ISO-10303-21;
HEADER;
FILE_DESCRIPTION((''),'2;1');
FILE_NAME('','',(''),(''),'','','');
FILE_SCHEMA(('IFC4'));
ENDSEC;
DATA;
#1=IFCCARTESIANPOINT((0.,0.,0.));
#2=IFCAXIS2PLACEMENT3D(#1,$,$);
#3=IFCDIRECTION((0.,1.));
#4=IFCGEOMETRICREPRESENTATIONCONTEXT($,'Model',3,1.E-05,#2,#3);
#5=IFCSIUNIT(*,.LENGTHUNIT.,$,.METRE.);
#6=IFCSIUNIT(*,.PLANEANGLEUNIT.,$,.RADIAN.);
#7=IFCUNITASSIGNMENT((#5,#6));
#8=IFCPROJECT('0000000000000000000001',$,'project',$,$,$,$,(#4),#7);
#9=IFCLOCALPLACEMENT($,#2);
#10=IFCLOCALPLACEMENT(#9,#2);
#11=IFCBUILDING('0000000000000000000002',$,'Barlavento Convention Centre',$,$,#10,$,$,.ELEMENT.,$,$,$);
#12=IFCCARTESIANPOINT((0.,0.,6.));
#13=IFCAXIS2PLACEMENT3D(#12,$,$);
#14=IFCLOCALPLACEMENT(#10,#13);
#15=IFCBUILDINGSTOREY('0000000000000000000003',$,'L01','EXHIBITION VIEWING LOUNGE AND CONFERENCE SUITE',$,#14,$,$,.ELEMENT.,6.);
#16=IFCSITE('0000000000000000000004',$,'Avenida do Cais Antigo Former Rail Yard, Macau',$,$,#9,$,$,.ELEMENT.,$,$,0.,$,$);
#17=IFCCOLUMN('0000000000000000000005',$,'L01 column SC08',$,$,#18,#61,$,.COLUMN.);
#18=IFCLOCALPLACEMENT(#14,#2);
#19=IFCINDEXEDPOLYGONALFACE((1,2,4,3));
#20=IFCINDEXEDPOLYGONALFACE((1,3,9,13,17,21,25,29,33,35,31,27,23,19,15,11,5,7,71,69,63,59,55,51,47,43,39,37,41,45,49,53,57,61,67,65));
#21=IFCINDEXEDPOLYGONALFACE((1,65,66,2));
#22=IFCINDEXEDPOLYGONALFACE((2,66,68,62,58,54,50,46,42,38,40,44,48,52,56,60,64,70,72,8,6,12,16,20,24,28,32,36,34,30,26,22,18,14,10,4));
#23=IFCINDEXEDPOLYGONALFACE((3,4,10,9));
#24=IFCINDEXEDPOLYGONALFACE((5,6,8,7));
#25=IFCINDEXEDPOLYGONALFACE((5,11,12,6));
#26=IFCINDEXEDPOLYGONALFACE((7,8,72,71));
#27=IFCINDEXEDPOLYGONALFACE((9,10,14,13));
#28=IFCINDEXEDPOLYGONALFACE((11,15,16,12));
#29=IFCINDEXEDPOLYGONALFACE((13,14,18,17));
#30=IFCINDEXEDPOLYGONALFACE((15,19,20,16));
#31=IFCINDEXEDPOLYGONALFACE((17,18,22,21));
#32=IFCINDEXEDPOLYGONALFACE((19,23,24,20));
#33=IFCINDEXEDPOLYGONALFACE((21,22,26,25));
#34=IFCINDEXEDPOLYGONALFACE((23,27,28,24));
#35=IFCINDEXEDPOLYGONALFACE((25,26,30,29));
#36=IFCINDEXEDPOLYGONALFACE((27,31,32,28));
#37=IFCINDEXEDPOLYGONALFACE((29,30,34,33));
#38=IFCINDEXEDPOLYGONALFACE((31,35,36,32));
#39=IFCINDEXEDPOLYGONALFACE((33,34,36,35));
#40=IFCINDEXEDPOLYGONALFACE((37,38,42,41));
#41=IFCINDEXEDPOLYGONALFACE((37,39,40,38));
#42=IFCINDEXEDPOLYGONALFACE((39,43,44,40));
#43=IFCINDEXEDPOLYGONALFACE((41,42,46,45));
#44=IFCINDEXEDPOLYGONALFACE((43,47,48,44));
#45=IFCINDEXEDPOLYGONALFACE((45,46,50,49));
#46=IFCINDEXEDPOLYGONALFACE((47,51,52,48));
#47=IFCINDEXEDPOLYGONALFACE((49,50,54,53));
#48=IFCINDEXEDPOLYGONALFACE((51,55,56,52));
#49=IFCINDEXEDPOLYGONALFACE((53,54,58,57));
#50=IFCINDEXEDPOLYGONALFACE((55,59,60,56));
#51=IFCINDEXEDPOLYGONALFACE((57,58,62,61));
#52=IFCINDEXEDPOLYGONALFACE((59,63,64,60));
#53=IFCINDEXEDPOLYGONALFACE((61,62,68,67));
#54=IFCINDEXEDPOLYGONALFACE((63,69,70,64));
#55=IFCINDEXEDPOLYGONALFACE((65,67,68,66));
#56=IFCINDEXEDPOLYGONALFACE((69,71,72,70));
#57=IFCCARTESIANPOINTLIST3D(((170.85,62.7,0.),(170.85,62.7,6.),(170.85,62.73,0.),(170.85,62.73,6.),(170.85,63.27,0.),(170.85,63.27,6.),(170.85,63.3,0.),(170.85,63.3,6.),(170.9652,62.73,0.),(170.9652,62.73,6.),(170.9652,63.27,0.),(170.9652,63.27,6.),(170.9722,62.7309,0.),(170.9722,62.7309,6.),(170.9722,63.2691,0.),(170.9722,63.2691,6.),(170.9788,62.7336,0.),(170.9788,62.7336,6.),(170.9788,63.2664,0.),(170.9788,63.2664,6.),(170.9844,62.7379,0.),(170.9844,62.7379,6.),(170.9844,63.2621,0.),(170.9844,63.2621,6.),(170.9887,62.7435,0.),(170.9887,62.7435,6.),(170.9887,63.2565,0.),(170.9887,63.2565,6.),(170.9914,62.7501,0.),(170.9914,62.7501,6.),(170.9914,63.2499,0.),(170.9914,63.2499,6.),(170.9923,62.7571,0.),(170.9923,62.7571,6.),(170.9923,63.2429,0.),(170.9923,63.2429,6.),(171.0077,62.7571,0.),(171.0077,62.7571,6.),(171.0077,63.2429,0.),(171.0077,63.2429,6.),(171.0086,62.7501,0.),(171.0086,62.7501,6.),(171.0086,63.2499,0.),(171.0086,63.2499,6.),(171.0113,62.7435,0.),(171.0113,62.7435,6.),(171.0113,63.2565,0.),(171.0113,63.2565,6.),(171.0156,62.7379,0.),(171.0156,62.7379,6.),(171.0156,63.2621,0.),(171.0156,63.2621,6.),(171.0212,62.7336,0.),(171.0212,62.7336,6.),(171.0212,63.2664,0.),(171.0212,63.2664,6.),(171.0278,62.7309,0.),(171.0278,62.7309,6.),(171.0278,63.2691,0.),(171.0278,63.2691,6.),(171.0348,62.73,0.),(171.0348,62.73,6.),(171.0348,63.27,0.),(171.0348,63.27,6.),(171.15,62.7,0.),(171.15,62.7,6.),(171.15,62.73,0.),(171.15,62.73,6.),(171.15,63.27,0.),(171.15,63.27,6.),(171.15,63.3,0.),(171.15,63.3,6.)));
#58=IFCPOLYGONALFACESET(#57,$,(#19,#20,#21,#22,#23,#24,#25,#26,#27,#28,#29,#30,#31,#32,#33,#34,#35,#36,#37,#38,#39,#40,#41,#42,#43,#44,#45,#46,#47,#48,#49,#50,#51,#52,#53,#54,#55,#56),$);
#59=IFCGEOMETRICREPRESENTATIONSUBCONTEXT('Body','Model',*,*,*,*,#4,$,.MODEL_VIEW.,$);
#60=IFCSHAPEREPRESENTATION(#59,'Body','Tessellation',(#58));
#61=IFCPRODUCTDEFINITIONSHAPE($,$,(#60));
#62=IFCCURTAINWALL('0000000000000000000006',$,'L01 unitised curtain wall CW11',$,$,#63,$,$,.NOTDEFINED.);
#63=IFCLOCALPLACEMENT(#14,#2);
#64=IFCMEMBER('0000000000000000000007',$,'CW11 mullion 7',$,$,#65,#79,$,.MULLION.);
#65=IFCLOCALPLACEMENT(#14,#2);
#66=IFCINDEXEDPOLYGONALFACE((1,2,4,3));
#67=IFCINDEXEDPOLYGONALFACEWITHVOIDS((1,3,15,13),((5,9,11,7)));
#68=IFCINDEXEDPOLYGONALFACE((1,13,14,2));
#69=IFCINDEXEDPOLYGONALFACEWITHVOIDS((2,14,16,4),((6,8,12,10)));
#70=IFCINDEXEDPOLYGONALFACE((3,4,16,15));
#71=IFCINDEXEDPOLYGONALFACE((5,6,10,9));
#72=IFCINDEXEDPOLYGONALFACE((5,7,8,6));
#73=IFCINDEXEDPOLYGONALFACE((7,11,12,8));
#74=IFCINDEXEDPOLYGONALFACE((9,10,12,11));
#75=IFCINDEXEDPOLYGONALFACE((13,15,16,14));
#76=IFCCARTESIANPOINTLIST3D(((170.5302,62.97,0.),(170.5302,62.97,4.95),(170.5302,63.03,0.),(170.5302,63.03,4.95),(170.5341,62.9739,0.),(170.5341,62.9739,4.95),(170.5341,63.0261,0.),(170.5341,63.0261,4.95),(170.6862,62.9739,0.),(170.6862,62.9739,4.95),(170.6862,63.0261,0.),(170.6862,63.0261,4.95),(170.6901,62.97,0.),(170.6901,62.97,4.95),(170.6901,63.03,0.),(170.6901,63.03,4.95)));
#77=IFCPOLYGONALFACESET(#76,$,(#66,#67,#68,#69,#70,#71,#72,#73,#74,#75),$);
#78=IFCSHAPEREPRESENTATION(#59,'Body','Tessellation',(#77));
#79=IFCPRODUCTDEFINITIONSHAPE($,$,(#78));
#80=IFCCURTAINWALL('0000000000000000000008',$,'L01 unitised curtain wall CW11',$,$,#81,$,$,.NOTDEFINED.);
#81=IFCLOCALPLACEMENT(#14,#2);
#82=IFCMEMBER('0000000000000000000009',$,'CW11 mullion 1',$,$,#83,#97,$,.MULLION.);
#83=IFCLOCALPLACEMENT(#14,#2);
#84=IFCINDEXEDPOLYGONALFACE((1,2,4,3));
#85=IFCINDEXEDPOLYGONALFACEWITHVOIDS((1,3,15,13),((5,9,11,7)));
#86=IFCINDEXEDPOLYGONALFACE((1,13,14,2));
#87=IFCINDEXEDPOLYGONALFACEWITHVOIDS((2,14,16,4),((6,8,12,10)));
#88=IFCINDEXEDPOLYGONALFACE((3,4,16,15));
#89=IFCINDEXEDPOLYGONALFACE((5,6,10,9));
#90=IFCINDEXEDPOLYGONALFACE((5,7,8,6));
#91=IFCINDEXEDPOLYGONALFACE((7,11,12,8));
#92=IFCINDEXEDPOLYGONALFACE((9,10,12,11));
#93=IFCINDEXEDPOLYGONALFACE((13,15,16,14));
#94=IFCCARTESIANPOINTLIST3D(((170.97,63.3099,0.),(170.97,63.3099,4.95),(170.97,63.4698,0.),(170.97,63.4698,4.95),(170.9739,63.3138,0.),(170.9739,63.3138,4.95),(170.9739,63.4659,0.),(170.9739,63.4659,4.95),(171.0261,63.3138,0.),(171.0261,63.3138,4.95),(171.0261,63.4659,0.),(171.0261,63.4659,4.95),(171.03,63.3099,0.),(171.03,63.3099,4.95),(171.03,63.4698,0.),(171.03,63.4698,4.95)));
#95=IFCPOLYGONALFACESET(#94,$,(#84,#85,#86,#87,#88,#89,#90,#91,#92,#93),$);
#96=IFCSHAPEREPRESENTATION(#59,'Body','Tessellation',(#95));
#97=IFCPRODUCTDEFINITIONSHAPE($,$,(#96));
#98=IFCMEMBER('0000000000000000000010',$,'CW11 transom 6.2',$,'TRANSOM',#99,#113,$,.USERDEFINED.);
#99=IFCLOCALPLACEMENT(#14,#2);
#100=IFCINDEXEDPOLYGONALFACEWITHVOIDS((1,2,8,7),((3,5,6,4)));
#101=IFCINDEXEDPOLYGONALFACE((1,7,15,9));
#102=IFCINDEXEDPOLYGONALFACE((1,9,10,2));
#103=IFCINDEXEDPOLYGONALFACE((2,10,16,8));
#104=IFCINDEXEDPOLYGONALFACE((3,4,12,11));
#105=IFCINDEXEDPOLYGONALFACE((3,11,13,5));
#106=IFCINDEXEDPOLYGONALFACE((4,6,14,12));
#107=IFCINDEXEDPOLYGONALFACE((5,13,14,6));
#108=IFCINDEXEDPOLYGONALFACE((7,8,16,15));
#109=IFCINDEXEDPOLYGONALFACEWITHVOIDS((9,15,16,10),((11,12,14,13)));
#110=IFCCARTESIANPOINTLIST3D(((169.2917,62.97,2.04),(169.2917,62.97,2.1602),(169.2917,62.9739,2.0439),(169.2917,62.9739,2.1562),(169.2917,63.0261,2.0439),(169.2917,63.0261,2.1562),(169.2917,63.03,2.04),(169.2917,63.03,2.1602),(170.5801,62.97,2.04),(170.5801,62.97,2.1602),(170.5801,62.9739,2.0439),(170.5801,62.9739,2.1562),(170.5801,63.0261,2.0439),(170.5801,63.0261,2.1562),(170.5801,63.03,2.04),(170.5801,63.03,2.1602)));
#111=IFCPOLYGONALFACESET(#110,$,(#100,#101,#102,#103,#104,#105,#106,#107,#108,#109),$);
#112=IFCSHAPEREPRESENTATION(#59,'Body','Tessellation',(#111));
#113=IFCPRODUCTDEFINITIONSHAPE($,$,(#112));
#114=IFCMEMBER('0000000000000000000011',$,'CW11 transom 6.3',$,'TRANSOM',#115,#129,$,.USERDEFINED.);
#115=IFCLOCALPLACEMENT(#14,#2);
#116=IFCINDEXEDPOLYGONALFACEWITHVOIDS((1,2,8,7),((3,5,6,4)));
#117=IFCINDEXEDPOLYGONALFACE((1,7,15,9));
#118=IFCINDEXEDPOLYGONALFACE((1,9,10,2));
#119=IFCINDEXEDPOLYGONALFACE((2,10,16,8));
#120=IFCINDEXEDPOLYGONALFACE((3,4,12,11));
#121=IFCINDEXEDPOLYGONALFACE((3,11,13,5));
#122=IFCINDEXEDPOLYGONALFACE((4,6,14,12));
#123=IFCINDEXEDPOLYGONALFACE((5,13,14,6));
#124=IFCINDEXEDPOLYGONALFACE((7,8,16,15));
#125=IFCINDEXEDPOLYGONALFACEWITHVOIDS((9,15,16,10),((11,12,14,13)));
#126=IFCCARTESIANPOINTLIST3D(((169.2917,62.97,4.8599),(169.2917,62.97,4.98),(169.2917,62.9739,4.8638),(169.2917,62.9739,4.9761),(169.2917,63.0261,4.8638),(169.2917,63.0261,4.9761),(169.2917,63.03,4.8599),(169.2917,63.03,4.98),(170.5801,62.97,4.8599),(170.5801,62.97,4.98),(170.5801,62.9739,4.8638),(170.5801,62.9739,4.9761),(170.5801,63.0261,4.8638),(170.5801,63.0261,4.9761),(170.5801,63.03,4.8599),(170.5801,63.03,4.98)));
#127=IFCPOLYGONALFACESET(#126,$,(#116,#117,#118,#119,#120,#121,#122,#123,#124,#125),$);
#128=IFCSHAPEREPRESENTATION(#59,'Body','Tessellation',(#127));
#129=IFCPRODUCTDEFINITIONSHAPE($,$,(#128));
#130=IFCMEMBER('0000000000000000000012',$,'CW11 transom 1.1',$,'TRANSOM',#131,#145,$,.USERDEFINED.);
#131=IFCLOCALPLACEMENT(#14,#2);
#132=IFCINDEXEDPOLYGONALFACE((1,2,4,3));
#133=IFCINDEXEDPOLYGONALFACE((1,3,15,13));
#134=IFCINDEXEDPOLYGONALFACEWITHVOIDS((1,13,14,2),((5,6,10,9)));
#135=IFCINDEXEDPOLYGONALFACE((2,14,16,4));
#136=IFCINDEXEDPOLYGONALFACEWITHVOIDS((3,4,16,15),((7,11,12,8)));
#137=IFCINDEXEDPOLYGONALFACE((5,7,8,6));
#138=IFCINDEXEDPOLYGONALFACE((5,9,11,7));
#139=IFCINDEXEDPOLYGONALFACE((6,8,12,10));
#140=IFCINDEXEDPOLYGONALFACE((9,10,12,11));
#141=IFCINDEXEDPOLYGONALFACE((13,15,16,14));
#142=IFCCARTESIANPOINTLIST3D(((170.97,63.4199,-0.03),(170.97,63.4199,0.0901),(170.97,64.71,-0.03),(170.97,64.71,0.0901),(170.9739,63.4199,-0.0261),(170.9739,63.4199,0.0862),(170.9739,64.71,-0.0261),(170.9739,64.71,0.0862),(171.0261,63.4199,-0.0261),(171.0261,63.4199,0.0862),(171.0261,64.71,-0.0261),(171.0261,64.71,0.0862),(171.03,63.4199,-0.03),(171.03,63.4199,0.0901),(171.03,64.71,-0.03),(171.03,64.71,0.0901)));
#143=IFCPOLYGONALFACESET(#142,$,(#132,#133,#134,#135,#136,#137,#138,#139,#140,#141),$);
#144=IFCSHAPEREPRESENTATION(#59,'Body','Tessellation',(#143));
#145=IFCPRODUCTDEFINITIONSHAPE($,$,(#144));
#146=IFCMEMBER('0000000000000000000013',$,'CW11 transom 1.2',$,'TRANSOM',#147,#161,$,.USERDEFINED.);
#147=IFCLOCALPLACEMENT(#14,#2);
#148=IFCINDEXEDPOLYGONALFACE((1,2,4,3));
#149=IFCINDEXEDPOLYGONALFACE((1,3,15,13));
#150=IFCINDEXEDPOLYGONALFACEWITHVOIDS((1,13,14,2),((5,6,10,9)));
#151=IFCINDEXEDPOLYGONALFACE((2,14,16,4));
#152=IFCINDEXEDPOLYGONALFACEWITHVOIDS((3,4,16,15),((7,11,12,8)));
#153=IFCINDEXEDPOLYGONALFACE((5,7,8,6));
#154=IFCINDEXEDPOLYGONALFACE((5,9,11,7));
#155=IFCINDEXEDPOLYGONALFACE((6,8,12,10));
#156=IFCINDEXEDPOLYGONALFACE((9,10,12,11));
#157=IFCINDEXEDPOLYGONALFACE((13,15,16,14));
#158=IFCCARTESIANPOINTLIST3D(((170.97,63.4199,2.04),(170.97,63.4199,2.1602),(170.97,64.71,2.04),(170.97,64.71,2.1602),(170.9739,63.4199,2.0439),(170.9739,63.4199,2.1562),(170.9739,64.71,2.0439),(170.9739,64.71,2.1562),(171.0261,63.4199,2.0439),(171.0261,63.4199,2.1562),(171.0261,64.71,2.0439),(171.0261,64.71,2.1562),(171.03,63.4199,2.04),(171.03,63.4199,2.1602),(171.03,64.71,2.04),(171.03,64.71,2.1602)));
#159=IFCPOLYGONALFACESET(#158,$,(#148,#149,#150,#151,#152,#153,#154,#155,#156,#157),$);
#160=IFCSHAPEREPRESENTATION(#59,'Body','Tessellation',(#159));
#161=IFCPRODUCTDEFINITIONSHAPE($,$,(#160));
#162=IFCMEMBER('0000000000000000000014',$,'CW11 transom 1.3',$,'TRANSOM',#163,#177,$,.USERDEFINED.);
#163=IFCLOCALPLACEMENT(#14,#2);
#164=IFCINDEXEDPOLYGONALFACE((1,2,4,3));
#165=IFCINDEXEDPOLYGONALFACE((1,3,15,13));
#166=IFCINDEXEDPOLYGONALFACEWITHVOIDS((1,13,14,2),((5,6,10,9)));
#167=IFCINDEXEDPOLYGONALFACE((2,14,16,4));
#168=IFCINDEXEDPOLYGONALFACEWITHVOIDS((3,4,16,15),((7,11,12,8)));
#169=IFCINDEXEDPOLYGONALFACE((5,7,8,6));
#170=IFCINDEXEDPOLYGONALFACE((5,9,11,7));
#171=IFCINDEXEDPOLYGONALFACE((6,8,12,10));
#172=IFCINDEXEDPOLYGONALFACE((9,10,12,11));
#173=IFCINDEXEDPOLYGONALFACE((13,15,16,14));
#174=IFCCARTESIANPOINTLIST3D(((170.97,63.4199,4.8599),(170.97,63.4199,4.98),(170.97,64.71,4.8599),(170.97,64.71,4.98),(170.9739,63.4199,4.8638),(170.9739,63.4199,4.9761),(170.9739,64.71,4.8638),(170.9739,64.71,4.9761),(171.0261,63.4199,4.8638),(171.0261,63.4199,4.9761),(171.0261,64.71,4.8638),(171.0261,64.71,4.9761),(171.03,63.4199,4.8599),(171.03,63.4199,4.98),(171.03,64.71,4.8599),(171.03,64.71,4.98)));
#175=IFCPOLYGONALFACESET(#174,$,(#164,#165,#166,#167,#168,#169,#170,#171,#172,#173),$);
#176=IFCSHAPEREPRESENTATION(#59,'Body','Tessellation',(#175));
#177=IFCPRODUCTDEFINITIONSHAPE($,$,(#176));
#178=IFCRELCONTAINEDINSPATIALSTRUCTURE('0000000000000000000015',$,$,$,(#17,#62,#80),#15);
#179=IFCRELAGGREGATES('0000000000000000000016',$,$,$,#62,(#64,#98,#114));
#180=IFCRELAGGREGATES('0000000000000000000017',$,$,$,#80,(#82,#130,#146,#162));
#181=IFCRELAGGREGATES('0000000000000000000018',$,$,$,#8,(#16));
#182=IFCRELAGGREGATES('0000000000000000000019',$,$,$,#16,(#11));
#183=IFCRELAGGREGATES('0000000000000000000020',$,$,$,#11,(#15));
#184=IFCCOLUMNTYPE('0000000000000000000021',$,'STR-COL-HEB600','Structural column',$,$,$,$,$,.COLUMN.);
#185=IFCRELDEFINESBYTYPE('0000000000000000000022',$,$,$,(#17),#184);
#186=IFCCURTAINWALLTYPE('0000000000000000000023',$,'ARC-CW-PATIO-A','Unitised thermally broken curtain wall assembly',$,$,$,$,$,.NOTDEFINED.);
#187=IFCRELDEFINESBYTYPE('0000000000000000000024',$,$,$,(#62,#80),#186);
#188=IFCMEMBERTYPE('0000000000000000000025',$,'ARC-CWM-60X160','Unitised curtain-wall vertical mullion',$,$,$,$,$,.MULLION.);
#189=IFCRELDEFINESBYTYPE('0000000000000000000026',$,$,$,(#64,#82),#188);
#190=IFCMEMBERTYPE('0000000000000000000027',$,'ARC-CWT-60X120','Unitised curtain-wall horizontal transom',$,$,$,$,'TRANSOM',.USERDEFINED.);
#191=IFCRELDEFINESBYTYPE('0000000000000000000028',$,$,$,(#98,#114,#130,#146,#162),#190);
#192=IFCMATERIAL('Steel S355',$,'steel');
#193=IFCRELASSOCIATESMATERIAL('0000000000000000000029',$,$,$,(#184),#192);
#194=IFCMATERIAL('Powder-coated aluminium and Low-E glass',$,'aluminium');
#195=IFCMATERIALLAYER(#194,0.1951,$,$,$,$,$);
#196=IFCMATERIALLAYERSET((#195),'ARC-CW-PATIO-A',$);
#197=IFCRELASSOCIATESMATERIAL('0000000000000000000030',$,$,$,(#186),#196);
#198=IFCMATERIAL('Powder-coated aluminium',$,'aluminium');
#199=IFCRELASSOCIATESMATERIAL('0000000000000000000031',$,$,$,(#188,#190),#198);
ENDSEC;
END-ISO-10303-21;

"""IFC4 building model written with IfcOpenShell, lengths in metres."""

from ifc_helpers import new_model, si_unit, direction, frame, origin, origin_2d, place, context, subcontext, project, spatial, hollow_rectangle, i_section, extrude, material, layer, layer_set, material_profile, profile_set, type_object, element, aggregate, save


model = new_model("IFC4")

# Units and contexts
model_context = context("Model", 3, precision=1e-05, world=origin(), true_north=direction((0.0, 1.0)))
body_context = subcontext(model_context, "Body", "Model", "MODEL_VIEW")
ifc_project = project(units=[si_unit("LENGTHUNIT", "METRE"), si_unit("PLANEANGLEUNIT", "RADIAN")], contexts=[model_context])

# Site, building, storey
site_placement = place(None, origin())
site = spatial("IfcSite", under=ifc_project, at=site_placement, Name="Avenida do Cais Antigo Former Rail Yard, Macau", CompositionType="ELEMENT", RefElevation=0.0)
building_placement = place(site_placement, origin())
building = spatial("IfcBuilding", under=site, at=building_placement, Name="Barlavento Convention Centre", CompositionType="ELEMENT")
storey_placement = place(building_placement, frame((0.0, 0.0, 6.0)))
storey = spatial("IfcBuildingStorey", under=building, at=storey_placement, Name="L01", Description="EXHIBITION VIEWING LOUNGE AND CONFERENCE SUITE", CompositionType="ELEMENT", Elevation=6.0)

# Column
ifc_material_1 = material(Name="Steel S355", Category="steel")
ifc_material_profile_1 = material_profile(ifc_material_1, i_section(OverallWidth=0.3, OverallDepth=0.6001, WebThickness=0.0154, FlangeThickness=0.03, FilletRadius=0.0271, at=origin_2d()), Name="HEB 600")
ifc_profile_set_1 = profile_set([ifc_material_profile_1], Name="Steel S355")
column_type = type_object("IfcColumnType", Name="STR-COL-HEB600", Description="Structural column", PredefinedType="COLUMN", material=ifc_profile_set_1)
column_placement = place(storey_placement, frame((171.0, 63.0, 0.0), z_axis=(0.0, 0.0, 1.0), x_axis=(1.0, 0.0, 0.0)))
element("IfcColumn", 1, at=column_placement, inside=storey, type_object=column_type, Name="L01 column SC08", PredefinedType="COLUMN", context=body_context, shape_type="SweptSolid", body=[
    extrude(i_section(OverallWidth=0.3, OverallDepth=0.6001, WebThickness=0.0154, FlangeThickness=0.03, FilletRadius=0.0271, at=origin_2d()), origin(), (0.0, 0.0, 1.0), 6.0),
])

# Curtain walls, members
ifc_material_2 = material(Name="Powder-coated aluminium and Low-E glass", Category="aluminium")
ifc_layer_1 = layer(ifc_material_2, 0.1951)
ifc_layer_set_1 = layer_set([ifc_layer_1], Name="ARC-CW-PATIO-A")
curtain_wall_type = type_object("IfcCurtainWallType", Name="ARC-CW-PATIO-A", Description="Unitised thermally broken curtain wall assembly", PredefinedType="NOTDEFINED", material=ifc_layer_set_1)
curtain_wall_1_placement = place(storey_placement, origin())
curtain_wall_1 = element("IfcCurtainWall", 2, at=curtain_wall_1_placement, inside=storey, type_object=curtain_wall_type, Name="L01 unitised curtain wall CW11", PredefinedType="NOTDEFINED")
ifc_material_3 = material(Name="Powder-coated aluminium", Category="aluminium")
ifc_material_profile_2 = material_profile(ifc_material_3, hollow_rectangle(XDim=0.0601, YDim=0.1599, WallThickness=0.0039, at=origin_2d()), Name="AL-MULL 60x160x4")
ifc_profile_set_2 = profile_set([ifc_material_profile_2], Name="Powder-coated aluminium")
member_type_1 = type_object("IfcMemberType", Name="ARC-CWM-60X160", Description="Unitised curtain-wall vertical mullion", PredefinedType="MULLION", material=ifc_profile_set_2)
member_1_placement = place(storey_placement, frame((170.6101, 63.0, 0.0), z_axis=(0.0, 0.0, 1.0), x_axis=(0.0, 1.0, 0.0)))
member_1 = element("IfcMember", 3, at=member_1_placement, type_object=member_type_1, Name="CW11 mullion 7", PredefinedType="MULLION", context=body_context, shape_type="SweptSolid", body=[
    extrude(hollow_rectangle(XDim=0.0601, YDim=0.1599, WallThickness=0.0039, at=origin_2d()), origin(), (0.0, 0.0, 1.0), 4.95),
])
curtain_wall_2_placement = place(storey_placement, origin())
curtain_wall_2 = element("IfcCurtainWall", 4, at=curtain_wall_2_placement, inside=storey, type_object=curtain_wall_type, Name="L01 unitised curtain wall CW11", PredefinedType="NOTDEFINED")
member_2_placement = place(storey_placement, frame((171.0, 63.3899, 0.0), z_axis=(0.0, 0.0, 1.0), x_axis=(-1.0, 0.0, 0.0)))
member_2 = element("IfcMember", 5, at=member_2_placement, type_object=member_type_1, Name="CW11 mullion 1", PredefinedType="MULLION", context=body_context, shape_type="SweptSolid", body=[
    extrude(hollow_rectangle(XDim=0.0601, YDim=0.1599, WallThickness=0.0039, at=origin_2d()), origin(), (0.0, 0.0, 1.0), 4.95),
])

# Members
ifc_material_profile_3 = material_profile(ifc_material_3, hollow_rectangle(XDim=0.0601, YDim=0.1201, WallThickness=0.0039, at=origin_2d()), Name="AL-TRAN 60x120x4")
ifc_profile_set_3 = profile_set([ifc_material_profile_3], Name="Powder-coated aluminium")
member_type_2 = type_object("IfcMemberType", Name="ARC-CWT-60X120", Description="Unitised curtain-wall horizontal transom", ElementType="TRANSOM", PredefinedType="USERDEFINED", material=ifc_profile_set_3)
member_3_placement = place(storey_placement, frame((169.2917, 63.0, 2.1001), z_axis=(1.0, 0.0, 0.0), x_axis=(0.0, 1.0, 0.0)))
member_3 = element("IfcMember", 6, at=member_3_placement, type_object=member_type_2, Name="CW11 transom 6.2", ObjectType="TRANSOM", PredefinedType="USERDEFINED", context=body_context, shape_type="SweptSolid", body=[
    extrude(hollow_rectangle(XDim=0.0601, YDim=0.1201, WallThickness=0.0039, at=origin_2d()), origin(), (0.0, 0.0, 1.0), 1.2883),
])
member_4_placement = place(storey_placement, frame((169.2917, 63.0, 4.9199), z_axis=(1.0, 0.0, 0.0), x_axis=(0.0, 1.0, 0.0)))
member_4 = element("IfcMember", 7, at=member_4_placement, type_object=member_type_2, Name="CW11 transom 6.3", ObjectType="TRANSOM", PredefinedType="USERDEFINED", context=body_context, shape_type="SweptSolid", body=[
    extrude(hollow_rectangle(XDim=0.0601, YDim=0.1201, WallThickness=0.0039, at=origin_2d()), origin(), (0.0, 0.0, 1.0), 1.2883),
])
member_5_placement = place(storey_placement, frame((171.0, 63.4199, 0.03), z_axis=(0.0, 1.0, 0.0), x_axis=(-1.0, 0.0, 0.0)))
member_5 = element("IfcMember", 8, at=member_5_placement, type_object=member_type_2, Name="CW11 transom 1.1", ObjectType="TRANSOM", PredefinedType="USERDEFINED", context=body_context, shape_type="SweptSolid", body=[
    extrude(hollow_rectangle(XDim=0.0601, YDim=0.1201, WallThickness=0.0039, at=origin_2d()), origin(), (0.0, 0.0, 1.0), 1.29),
])
member_6_placement = place(storey_placement, frame((171.0, 63.4199, 2.1001), z_axis=(0.0, 1.0, 0.0), x_axis=(-1.0, 0.0, 0.0)))
member_6 = element("IfcMember", 9, at=member_6_placement, type_object=member_type_2, Name="CW11 transom 1.2", ObjectType="TRANSOM", PredefinedType="USERDEFINED", context=body_context, shape_type="SweptSolid", body=[
    extrude(hollow_rectangle(XDim=0.0601, YDim=0.1201, WallThickness=0.0039, at=origin_2d()), origin(), (0.0, 0.0, 1.0), 1.29),
])
member_7_placement = place(storey_placement, frame((171.0, 63.4199, 4.9199), z_axis=(0.0, 1.0, 0.0), x_axis=(-1.0, 0.0, 0.0)))
member_7 = element("IfcMember", 10, at=member_7_placement, type_object=member_type_2, Name="CW11 transom 1.3", ObjectType="TRANSOM", PredefinedType="USERDEFINED", context=body_context, shape_type="SweptSolid", body=[
    extrude(hollow_rectangle(XDim=0.0601, YDim=0.1201, WallThickness=0.0039, at=origin_2d()), origin(), (0.0, 0.0, 1.0), 1.29),
])

aggregate(curtain_wall_1, [member_1, member_3, member_4])
aggregate(curtain_wall_2, [member_2, member_5, member_6, member_7])

save(model, "model.ifc")
